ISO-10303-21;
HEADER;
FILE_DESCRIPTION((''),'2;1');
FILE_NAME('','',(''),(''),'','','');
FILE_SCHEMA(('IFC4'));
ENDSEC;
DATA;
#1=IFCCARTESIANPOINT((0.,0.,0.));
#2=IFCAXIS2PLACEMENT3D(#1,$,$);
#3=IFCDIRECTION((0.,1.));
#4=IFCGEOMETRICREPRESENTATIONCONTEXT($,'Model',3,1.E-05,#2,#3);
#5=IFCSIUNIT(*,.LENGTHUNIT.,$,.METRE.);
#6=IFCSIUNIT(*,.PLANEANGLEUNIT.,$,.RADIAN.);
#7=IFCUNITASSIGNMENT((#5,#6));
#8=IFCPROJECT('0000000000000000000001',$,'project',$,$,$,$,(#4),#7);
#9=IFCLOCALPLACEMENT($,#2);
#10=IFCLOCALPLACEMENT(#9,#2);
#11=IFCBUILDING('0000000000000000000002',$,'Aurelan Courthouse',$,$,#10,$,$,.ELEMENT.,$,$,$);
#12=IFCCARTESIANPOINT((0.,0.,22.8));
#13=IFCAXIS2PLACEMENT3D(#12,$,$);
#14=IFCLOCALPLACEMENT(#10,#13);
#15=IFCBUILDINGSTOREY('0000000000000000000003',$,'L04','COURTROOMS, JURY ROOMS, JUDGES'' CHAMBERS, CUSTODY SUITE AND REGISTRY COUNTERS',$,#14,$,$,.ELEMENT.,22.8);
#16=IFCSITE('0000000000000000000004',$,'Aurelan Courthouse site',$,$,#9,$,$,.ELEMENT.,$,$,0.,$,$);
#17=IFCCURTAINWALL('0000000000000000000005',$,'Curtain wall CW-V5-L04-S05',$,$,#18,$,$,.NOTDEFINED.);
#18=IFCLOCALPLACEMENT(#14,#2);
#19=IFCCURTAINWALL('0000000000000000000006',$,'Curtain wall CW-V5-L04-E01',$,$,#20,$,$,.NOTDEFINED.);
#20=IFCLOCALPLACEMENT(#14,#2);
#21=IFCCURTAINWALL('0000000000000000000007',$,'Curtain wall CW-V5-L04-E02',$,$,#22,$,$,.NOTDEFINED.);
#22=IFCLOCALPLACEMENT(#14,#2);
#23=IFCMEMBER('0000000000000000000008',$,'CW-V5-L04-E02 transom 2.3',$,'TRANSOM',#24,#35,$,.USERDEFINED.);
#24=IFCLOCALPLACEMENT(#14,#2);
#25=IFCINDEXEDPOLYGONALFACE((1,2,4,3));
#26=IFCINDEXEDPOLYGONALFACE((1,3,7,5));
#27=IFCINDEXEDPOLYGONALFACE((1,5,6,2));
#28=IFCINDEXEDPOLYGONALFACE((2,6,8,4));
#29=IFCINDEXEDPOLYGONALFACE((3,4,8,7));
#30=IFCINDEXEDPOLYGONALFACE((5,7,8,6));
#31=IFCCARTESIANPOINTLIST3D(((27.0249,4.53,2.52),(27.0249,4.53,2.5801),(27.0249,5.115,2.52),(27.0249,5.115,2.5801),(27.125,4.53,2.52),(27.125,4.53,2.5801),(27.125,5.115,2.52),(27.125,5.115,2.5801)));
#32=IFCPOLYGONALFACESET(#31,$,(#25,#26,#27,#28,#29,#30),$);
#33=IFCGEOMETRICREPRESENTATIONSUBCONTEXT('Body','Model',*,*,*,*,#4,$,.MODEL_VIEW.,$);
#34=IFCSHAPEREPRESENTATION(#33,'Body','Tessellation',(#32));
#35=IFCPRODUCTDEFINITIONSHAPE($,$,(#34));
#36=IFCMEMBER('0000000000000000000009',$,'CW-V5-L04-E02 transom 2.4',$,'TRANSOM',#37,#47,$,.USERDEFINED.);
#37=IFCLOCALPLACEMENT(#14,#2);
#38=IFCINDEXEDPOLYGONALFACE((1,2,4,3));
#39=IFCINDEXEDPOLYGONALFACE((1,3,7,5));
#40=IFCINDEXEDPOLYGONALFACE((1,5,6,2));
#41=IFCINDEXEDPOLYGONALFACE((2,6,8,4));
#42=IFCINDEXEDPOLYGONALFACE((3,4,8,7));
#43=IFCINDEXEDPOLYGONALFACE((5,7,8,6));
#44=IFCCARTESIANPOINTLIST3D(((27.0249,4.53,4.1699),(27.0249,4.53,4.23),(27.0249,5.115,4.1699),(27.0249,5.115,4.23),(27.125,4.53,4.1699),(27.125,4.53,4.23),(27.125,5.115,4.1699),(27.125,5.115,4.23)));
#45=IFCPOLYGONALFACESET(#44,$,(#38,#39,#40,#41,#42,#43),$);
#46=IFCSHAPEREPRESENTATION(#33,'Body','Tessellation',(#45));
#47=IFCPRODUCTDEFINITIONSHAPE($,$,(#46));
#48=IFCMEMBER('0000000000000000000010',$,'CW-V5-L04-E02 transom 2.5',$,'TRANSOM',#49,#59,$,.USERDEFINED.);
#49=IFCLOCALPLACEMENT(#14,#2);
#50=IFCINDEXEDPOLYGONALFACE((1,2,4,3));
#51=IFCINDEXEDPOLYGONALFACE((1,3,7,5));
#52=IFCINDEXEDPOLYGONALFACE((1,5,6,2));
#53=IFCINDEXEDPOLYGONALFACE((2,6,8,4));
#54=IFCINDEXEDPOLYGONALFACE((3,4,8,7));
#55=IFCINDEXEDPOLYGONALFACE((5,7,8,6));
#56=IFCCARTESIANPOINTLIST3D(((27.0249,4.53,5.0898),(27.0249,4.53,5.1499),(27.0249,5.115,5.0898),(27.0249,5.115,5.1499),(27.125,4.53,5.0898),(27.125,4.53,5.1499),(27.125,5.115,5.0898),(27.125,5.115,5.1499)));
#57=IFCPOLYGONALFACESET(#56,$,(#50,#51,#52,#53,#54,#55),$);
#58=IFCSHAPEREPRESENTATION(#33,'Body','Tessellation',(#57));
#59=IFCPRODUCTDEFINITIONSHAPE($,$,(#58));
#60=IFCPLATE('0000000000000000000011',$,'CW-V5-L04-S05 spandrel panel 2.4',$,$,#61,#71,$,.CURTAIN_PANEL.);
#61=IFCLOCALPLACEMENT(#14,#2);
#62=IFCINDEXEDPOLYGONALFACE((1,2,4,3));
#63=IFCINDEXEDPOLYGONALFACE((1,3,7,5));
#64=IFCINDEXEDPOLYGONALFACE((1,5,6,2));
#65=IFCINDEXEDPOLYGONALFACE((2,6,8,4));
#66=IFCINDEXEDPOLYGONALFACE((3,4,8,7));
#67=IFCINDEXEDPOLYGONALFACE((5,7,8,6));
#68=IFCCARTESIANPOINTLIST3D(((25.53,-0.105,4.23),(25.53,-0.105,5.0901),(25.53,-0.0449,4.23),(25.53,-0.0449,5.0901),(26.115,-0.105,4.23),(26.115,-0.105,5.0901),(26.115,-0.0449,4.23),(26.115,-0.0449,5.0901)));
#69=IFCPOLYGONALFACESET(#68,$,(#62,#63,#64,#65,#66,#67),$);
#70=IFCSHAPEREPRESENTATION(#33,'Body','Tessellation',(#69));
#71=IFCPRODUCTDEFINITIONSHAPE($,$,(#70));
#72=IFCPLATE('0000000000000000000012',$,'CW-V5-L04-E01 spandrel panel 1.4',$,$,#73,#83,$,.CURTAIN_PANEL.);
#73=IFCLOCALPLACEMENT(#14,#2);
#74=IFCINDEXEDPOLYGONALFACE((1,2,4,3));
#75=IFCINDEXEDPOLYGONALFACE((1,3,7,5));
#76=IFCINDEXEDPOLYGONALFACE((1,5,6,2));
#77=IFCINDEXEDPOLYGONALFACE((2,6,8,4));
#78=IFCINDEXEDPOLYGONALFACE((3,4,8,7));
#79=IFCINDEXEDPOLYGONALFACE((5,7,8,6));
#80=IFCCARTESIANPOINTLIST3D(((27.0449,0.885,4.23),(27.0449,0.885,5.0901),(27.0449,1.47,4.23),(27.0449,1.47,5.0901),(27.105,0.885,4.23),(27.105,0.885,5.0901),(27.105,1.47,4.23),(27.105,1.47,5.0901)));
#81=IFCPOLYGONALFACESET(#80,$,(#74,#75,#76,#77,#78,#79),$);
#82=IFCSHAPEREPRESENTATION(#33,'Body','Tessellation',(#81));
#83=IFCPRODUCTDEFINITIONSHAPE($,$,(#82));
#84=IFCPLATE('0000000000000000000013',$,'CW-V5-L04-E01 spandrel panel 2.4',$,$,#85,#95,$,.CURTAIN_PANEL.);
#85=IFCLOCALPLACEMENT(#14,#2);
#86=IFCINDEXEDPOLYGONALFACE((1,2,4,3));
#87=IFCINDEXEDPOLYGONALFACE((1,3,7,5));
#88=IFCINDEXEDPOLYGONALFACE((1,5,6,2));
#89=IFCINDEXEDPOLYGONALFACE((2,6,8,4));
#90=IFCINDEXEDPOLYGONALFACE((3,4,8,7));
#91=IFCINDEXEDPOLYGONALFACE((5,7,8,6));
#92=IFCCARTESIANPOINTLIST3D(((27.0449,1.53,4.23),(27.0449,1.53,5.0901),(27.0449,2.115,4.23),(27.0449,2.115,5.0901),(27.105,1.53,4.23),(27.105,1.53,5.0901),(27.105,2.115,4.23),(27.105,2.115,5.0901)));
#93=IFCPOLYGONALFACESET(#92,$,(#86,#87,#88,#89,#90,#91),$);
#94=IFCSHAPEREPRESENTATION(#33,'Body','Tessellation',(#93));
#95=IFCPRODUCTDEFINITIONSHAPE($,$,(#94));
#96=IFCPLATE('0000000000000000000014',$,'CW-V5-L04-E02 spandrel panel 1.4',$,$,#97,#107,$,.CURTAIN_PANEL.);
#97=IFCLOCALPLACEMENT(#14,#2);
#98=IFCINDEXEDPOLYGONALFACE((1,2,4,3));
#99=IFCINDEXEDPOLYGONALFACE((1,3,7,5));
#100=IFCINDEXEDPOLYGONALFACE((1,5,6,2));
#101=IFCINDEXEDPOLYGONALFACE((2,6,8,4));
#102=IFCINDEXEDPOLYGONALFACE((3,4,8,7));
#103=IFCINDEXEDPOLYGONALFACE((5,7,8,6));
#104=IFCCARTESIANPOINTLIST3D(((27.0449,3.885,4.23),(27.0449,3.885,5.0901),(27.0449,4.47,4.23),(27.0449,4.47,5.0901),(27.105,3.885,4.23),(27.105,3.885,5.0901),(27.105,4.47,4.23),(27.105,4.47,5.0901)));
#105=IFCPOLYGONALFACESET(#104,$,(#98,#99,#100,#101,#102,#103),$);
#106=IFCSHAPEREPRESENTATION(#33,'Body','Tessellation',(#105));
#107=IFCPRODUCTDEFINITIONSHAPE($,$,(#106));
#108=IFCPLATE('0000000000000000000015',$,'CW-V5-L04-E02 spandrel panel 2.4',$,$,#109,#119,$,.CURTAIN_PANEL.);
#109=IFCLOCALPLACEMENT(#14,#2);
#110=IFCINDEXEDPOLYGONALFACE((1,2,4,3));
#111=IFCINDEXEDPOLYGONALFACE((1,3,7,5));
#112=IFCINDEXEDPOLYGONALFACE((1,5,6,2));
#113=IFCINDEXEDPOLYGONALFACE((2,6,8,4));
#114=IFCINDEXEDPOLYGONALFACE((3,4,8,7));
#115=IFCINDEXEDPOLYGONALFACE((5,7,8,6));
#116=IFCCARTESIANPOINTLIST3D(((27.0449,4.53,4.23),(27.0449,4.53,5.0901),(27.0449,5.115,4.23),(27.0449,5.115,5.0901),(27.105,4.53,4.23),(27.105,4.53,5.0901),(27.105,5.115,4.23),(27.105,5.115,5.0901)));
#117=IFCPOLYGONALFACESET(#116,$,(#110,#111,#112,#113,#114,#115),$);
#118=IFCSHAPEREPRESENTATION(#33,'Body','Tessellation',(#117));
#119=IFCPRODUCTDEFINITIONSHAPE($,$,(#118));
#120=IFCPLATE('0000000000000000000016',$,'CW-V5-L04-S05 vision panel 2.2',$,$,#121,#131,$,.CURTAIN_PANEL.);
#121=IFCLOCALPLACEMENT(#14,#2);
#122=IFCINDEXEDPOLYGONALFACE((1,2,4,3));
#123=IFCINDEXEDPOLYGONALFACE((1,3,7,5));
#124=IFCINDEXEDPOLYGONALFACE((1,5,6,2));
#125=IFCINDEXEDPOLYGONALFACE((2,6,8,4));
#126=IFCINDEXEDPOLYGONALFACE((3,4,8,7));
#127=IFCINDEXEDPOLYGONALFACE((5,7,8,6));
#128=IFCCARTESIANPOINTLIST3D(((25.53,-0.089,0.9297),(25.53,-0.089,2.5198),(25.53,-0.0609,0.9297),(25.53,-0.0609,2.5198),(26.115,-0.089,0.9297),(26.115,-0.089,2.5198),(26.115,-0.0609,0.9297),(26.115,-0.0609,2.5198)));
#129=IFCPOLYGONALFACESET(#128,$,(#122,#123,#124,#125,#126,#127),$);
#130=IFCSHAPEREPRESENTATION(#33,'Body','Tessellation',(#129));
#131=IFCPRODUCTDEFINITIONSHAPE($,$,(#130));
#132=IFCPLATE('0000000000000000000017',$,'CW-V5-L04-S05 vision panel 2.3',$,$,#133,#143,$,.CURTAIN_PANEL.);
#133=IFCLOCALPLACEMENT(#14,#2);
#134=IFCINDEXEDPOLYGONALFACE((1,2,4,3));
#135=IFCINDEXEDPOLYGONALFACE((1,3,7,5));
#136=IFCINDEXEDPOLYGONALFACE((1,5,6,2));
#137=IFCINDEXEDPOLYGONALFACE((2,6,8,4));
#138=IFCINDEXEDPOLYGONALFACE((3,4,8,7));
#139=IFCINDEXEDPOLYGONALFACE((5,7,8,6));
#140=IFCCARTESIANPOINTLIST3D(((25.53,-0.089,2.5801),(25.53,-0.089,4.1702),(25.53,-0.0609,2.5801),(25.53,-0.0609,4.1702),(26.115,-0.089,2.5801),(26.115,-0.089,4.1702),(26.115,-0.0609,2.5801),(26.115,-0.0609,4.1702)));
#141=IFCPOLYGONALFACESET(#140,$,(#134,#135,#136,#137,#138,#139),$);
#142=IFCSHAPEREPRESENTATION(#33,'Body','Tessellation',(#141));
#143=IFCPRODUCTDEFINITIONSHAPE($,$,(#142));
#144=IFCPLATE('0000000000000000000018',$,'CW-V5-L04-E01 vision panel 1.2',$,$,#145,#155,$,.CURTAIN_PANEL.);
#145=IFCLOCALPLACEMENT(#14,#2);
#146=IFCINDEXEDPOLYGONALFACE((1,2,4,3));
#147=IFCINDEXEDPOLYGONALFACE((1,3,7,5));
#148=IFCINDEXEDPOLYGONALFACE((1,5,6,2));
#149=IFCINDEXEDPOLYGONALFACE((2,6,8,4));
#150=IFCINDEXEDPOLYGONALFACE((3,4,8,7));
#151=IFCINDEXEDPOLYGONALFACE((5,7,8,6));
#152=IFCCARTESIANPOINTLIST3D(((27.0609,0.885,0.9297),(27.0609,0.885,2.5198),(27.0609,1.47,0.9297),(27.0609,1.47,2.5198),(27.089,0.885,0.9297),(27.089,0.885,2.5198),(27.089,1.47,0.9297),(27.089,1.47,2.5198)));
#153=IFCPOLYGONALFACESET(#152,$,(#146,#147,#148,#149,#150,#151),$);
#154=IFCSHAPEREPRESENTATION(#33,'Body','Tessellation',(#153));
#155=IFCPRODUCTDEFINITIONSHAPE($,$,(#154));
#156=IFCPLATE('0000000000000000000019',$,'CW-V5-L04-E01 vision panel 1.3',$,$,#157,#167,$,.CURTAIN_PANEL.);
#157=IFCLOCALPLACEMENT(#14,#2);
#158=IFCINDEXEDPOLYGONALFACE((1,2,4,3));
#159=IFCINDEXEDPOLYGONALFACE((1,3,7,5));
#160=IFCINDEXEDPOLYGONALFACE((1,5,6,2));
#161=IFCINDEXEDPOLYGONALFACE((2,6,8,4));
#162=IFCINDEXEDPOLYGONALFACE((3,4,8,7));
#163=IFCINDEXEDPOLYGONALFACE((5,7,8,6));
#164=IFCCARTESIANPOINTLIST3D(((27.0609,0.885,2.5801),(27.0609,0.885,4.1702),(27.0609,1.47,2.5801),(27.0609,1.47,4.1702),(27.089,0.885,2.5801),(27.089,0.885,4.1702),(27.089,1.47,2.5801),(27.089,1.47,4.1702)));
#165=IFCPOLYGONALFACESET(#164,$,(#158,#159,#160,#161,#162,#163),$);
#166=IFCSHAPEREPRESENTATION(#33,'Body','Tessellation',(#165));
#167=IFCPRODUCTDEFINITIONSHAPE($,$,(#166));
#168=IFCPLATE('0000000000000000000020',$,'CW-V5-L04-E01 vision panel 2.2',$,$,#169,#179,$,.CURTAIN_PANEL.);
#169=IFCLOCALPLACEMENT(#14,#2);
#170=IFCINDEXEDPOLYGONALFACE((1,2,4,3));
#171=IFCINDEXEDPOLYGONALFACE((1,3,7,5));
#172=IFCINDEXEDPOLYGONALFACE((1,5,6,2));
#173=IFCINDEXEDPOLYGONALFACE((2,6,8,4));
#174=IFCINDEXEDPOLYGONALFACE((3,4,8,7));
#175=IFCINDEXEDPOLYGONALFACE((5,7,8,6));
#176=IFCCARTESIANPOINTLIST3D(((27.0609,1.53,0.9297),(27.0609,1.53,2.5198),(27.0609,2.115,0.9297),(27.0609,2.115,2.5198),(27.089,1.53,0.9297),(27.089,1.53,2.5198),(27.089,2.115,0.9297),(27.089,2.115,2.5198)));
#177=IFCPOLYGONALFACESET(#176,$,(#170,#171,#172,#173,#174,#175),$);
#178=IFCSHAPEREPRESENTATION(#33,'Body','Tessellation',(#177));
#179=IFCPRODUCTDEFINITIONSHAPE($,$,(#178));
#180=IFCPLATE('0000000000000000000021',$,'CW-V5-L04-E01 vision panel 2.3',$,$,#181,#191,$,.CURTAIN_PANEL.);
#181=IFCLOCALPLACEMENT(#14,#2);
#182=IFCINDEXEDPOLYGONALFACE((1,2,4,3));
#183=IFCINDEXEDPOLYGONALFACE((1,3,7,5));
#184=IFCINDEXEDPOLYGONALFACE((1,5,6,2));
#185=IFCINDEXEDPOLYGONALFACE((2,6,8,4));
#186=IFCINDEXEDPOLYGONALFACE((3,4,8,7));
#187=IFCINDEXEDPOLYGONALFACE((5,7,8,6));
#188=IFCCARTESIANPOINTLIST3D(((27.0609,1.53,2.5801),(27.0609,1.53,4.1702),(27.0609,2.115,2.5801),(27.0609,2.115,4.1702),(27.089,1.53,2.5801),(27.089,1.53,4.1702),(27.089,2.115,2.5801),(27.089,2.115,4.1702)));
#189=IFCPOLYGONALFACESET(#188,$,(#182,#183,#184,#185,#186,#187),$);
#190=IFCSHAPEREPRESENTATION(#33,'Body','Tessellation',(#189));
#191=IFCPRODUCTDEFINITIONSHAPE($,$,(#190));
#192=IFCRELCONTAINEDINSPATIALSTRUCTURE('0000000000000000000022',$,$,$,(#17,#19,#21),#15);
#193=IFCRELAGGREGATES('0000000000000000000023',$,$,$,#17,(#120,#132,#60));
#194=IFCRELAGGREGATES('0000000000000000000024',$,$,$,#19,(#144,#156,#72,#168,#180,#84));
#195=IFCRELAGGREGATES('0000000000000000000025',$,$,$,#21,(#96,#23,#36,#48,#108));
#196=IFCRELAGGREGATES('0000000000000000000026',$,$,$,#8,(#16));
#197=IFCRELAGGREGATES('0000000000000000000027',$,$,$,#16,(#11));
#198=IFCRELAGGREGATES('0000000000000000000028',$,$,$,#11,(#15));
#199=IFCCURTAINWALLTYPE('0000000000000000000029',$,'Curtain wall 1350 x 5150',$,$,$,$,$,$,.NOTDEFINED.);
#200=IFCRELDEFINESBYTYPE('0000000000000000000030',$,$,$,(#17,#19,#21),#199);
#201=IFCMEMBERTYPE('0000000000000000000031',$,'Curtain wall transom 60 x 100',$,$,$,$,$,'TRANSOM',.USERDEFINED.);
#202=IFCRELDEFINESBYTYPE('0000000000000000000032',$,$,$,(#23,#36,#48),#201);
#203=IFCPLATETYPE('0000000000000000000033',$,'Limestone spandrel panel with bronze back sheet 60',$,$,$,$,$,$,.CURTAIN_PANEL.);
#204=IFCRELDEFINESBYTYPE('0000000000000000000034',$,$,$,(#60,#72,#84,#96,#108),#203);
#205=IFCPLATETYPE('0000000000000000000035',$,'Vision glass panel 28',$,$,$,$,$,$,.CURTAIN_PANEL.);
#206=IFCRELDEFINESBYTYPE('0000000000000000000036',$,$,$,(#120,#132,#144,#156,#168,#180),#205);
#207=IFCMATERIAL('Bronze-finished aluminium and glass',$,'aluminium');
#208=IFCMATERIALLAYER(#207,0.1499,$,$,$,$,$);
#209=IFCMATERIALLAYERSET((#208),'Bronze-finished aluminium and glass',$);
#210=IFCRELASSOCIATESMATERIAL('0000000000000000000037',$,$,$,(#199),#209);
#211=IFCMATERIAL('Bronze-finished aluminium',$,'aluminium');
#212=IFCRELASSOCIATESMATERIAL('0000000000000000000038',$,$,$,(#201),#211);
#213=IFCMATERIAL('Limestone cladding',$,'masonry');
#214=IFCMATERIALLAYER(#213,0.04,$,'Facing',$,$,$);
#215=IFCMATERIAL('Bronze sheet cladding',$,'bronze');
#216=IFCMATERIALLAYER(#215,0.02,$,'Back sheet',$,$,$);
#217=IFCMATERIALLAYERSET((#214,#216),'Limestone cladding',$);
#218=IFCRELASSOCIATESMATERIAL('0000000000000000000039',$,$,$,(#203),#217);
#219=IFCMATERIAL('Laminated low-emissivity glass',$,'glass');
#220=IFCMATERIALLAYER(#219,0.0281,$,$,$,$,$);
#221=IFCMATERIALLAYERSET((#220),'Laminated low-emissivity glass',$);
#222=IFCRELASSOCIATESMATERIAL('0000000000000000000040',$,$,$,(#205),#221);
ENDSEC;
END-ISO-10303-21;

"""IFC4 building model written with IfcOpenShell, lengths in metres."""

from ifc_helpers import new_model, si_unit, direction, frame, origin, origin_2d, place, context, subcontext, project, spatial, rectangle, extrude, material, layer, layer_set, material_profile, profile_set, type_object, element, aggregate, save


model = new_model("IFC4")

# Units and contexts
model_context = context("Model", 3, precision=1e-05, world=origin(), true_north=direction((0.0, 1.0)))
body_context = subcontext(model_context, "Body", "Model", "MODEL_VIEW")
ifc_project = project(units=[si_unit("LENGTHUNIT", "METRE"), si_unit("PLANEANGLEUNIT", "RADIAN")], contexts=[model_context])

# Site, building, storey
site_placement = place(None, origin())
site = spatial("IfcSite", under=ifc_project, at=site_placement, Name="Aurelan Courthouse site", CompositionType="ELEMENT", RefElevation=0.0)
building_placement = place(site_placement, origin())
building = spatial("IfcBuilding", under=site, at=building_placement, Name="Aurelan Courthouse", CompositionType="ELEMENT")
storey_placement = place(building_placement, frame((0.0, 0.0, 22.8)))
storey = spatial("IfcBuildingStorey", under=building, at=storey_placement, Name="L04", Description="COURTROOMS, JURY ROOMS, JUDGES' CHAMBERS, CUSTODY SUITE AND REGISTRY COUNTERS", CompositionType="ELEMENT", Elevation=22.8)

# Curtain walls, members
ifc_material_1 = material(Name="Bronze-finished aluminium and glass", Category="aluminium")
ifc_layer_1 = layer(ifc_material_1, 0.1499)
ifc_layer_set_1 = layer_set([ifc_layer_1], Name="Bronze-finished aluminium and glass")
curtain_wall_type = type_object("IfcCurtainWallType", Name="Curtain wall 1350 x 5150", PredefinedType="NOTDEFINED", material=ifc_layer_set_1)
curtain_wall_1_placement = place(storey_placement, origin())
curtain_wall_1 = element("IfcCurtainWall", 1, at=curtain_wall_1_placement, inside=storey, type_object=curtain_wall_type, Name="Curtain wall CW-V5-L04-S05", PredefinedType="NOTDEFINED")
ifc_material_2 = material(Name="Bronze-finished aluminium", Category="aluminium")
ifc_material_profile = material_profile(ifc_material_2, rectangle(XDim=0.1001, YDim=0.0601, at=origin_2d()), Name="Bronze transom 60 x 100")
ifc_profile_set = profile_set([ifc_material_profile], Name="Bronze-finished aluminium")
member_type = type_object("IfcMemberType", Name="Curtain wall transom 60 x 100", ElementType="TRANSOM", PredefinedType="USERDEFINED", material=ifc_profile_set)
curtain_wall_2_placement = place(storey_placement, origin())
curtain_wall_2 = element("IfcCurtainWall", 2, at=curtain_wall_2_placement, inside=storey, type_object=curtain_wall_type, Name="Curtain wall CW-V5-L04-E01", PredefinedType="NOTDEFINED")
curtain_wall_3_placement = place(storey_placement, origin())
curtain_wall_3 = element("IfcCurtainWall", 3, at=curtain_wall_3_placement, inside=storey, type_object=curtain_wall_type, Name="Curtain wall CW-V5-L04-E02", PredefinedType="NOTDEFINED")
member_1_placement = place(storey_placement, frame((27.075, 4.53, 2.55), z_axis=(0.0, 1.0, 0.0), x_axis=(-1.0, 0.0, 0.0)))
member_1 = element("IfcMember", 4, at=member_1_placement, type_object=member_type, Name="CW-V5-L04-E02 transom 2.3", ObjectType="TRANSOM", PredefinedType="USERDEFINED", context=body_context, shape_type="SweptSolid", body=[
    extrude(rectangle(XDim=0.1001, YDim=0.0601, at=origin_2d()), origin(), (0.0, 0.0, 1.0), 0.585),
])
member_2_placement = place(storey_placement, frame((27.075, 4.53, 4.2), z_axis=(0.0, 1.0, 0.0), x_axis=(-1.0, 0.0, 0.0)))
member_2 = element("IfcMember", 5, at=member_2_placement, type_object=member_type, Name="CW-V5-L04-E02 transom 2.4", ObjectType="TRANSOM", PredefinedType="USERDEFINED", context=body_context, shape_type="SweptSolid", body=[
    extrude(rectangle(XDim=0.1001, YDim=0.0601, at=origin_2d()), origin(), (0.0, 0.0, 1.0), 0.585),
])
member_3_placement = place(storey_placement, frame((27.075, 4.53, 5.1199), z_axis=(0.0, 1.0, 0.0), x_axis=(-1.0, 0.0, 0.0)))
member_3 = element("IfcMember", 6, at=member_3_placement, type_object=member_type, Name="CW-V5-L04-E02 transom 2.5", ObjectType="TRANSOM", PredefinedType="USERDEFINED", context=body_context, shape_type="SweptSolid", body=[
    extrude(rectangle(XDim=0.1001, YDim=0.0601, at=origin_2d()), origin(), (0.0, 0.0, 1.0), 0.585),
])

# Plates
ifc_material_3 = material(Name="Limestone cladding", Category="masonry")
ifc_layer_2 = layer(ifc_material_3, 0.04, Name="Facing")
ifc_material_4 = material(Name="Bronze sheet cladding", Category="bronze")
ifc_layer_3 = layer(ifc_material_4, 0.02, Name="Back sheet")
ifc_layer_set_2 = layer_set([ifc_layer_2, ifc_layer_3], Name="Limestone cladding")
plate_type_1 = type_object("IfcPlateType", Name="Limestone spandrel panel with bronze back sheet 60", PredefinedType="CURTAIN_PANEL", material=ifc_layer_set_2)
plate_1_placement = place(storey_placement, frame((25.8225, -0.075, 4.23), z_axis=(0.0, 0.0, 1.0), x_axis=(1.0, 0.0, 0.0)))
plate_1 = element("IfcPlate", 7, at=plate_1_placement, type_object=plate_type_1, Name="CW-V5-L04-S05 spandrel panel 2.4", PredefinedType="CURTAIN_PANEL", context=body_context, shape_type="SweptSolid", body=[
    extrude(rectangle(XDim=0.585, YDim=0.0601, at=origin_2d()), origin(), (0.0, 0.0, 1.0), 0.8601),
])
plate_2_placement = place(storey_placement, frame((27.075, 1.1775, 4.23), z_axis=(0.0, 0.0, 1.0), x_axis=(0.0, 1.0, 0.0)))
plate_2 = element("IfcPlate", 8, at=plate_2_placement, type_object=plate_type_1, Name="CW-V5-L04-E01 spandrel panel 1.4", PredefinedType="CURTAIN_PANEL", context=body_context, shape_type="SweptSolid", body=[
    extrude(rectangle(XDim=0.585, YDim=0.0601, at=origin_2d()), origin(), (0.0, 0.0, 1.0), 0.8601),
])
plate_3_placement = place(storey_placement, frame((27.075, 1.8225, 4.23), z_axis=(0.0, 0.0, 1.0), x_axis=(0.0, 1.0, 0.0)))
plate_3 = element("IfcPlate", 9, at=plate_3_placement, type_object=plate_type_1, Name="CW-V5-L04-E01 spandrel panel 2.4", PredefinedType="CURTAIN_PANEL", context=body_context, shape_type="SweptSolid", body=[
    extrude(rectangle(XDim=0.585, YDim=0.0601, at=origin_2d()), origin(), (0.0, 0.0, 1.0), 0.8601),
])
plate_4_placement = place(storey_placement, frame((27.075, 4.1775, 4.23), z_axis=(0.0, 0.0, 1.0), x_axis=(0.0, 1.0, 0.0)))
plate_4 = element("IfcPlate", 10, at=plate_4_placement, type_object=plate_type_1, Name="CW-V5-L04-E02 spandrel panel 1.4", PredefinedType="CURTAIN_PANEL", context=body_context, shape_type="SweptSolid", body=[
    extrude(rectangle(XDim=0.585, YDim=0.0601, at=origin_2d()), origin(), (0.0, 0.0, 1.0), 0.8601),
])
plate_5_placement = place(storey_placement, frame((27.075, 4.8225, 4.23), z_axis=(0.0, 0.0, 1.0), x_axis=(0.0, 1.0, 0.0)))
plate_5 = element("IfcPlate", 11, at=plate_5_placement, type_object=plate_type_1, Name="CW-V5-L04-E02 spandrel panel 2.4", PredefinedType="CURTAIN_PANEL", context=body_context, shape_type="SweptSolid", body=[
    extrude(rectangle(XDim=0.585, YDim=0.0601, at=origin_2d()), origin(), (0.0, 0.0, 1.0), 0.8601),
])
ifc_material_5 = material(Name="Laminated low-emissivity glass", Category="glass")
ifc_layer_4 = layer(ifc_material_5, 0.0281)
ifc_layer_set_3 = layer_set([ifc_layer_4], Name="Laminated low-emissivity glass")
plate_type_2 = type_object("IfcPlateType", Name="Vision glass panel 28", PredefinedType="CURTAIN_PANEL", material=ifc_layer_set_3)
plate_6_placement = place(storey_placement, frame((25.8225, -0.075, 0.9297), z_axis=(0.0, 0.0, 1.0), x_axis=(1.0, 0.0, 0.0)))
plate_6 = element("IfcPlate", 12, at=plate_6_placement, type_object=plate_type_2, Name="CW-V5-L04-S05 vision panel 2.2", PredefinedType="CURTAIN_PANEL", context=body_context, shape_type="SweptSolid", body=[
    extrude(rectangle(XDim=0.585, YDim=0.0281, at=origin_2d()), origin(), (0.0, 0.0, 1.0), 1.5901),
])
plate_7_placement = place(storey_placement, frame((25.8225, -0.075, 2.5801), z_axis=(0.0, 0.0, 1.0), x_axis=(1.0, 0.0, 0.0)))
plate_7 = element("IfcPlate", 13, at=plate_7_placement, type_object=plate_type_2, Name="CW-V5-L04-S05 vision panel 2.3", PredefinedType="CURTAIN_PANEL", context=body_context, shape_type="SweptSolid", body=[
    extrude(rectangle(XDim=0.585, YDim=0.0281, at=origin_2d()), origin(), (0.0, 0.0, 1.0), 1.5901),
])
aggregate(curtain_wall_1, [plate_6, plate_7, plate_1])
plate_8_placement = place(storey_placement, frame((27.075, 1.1775, 0.9297), z_axis=(0.0, 0.0, 1.0), x_axis=(0.0, 1.0, 0.0)))
plate_8 = element("IfcPlate", 14, at=plate_8_placement, type_object=plate_type_2, Name="CW-V5-L04-E01 vision panel 1.2", PredefinedType="CURTAIN_PANEL", context=body_context, shape_type="SweptSolid", body=[
    extrude(rectangle(XDim=0.585, YDim=0.0281, at=origin_2d()), origin(), (0.0, 0.0, 1.0), 1.5901),
])
plate_9_placement = place(storey_placement, frame((27.075, 1.1775, 2.5801), z_axis=(0.0, 0.0, 1.0), x_axis=(0.0, 1.0, 0.0)))
plate_9 = element("IfcPlate", 15, at=plate_9_placement, type_object=plate_type_2, Name="CW-V5-L04-E01 vision panel 1.3", PredefinedType="CURTAIN_PANEL", context=body_context, shape_type="SweptSolid", body=[
    extrude(rectangle(XDim=0.585, YDim=0.0281, at=origin_2d()), origin(), (0.0, 0.0, 1.0), 1.5901),
])
plate_10_placement = place(storey_placement, frame((27.075, 1.8225, 0.9297), z_axis=(0.0, 0.0, 1.0), x_axis=(0.0, 1.0, 0.0)))
plate_10 = element("IfcPlate", 16, at=plate_10_placement, type_object=plate_type_2, Name="CW-V5-L04-E01 vision panel 2.2", PredefinedType="CURTAIN_PANEL", context=body_context, shape_type="SweptSolid", body=[
    extrude(rectangle(XDim=0.585, YDim=0.0281, at=origin_2d()), origin(), (0.0, 0.0, 1.0), 1.5901),
])
plate_11_placement = place(storey_placement, frame((27.075, 1.8225, 2.5801), z_axis=(0.0, 0.0, 1.0), x_axis=(0.0, 1.0, 0.0)))
plate_11 = element("IfcPlate", 17, at=plate_11_placement, type_object=plate_type_2, Name="CW-V5-L04-E01 vision panel 2.3", PredefinedType="CURTAIN_PANEL", context=body_context, shape_type="SweptSolid", body=[
    extrude(rectangle(XDim=0.585, YDim=0.0281, at=origin_2d()), origin(), (0.0, 0.0, 1.0), 1.5901),
])
aggregate(curtain_wall_2, [plate_8, plate_9, plate_2, plate_10, plate_11, plate_3])
aggregate(curtain_wall_3, [plate_4, member_1, member_2, member_3, plate_5])

save(model, "model.ifc")
